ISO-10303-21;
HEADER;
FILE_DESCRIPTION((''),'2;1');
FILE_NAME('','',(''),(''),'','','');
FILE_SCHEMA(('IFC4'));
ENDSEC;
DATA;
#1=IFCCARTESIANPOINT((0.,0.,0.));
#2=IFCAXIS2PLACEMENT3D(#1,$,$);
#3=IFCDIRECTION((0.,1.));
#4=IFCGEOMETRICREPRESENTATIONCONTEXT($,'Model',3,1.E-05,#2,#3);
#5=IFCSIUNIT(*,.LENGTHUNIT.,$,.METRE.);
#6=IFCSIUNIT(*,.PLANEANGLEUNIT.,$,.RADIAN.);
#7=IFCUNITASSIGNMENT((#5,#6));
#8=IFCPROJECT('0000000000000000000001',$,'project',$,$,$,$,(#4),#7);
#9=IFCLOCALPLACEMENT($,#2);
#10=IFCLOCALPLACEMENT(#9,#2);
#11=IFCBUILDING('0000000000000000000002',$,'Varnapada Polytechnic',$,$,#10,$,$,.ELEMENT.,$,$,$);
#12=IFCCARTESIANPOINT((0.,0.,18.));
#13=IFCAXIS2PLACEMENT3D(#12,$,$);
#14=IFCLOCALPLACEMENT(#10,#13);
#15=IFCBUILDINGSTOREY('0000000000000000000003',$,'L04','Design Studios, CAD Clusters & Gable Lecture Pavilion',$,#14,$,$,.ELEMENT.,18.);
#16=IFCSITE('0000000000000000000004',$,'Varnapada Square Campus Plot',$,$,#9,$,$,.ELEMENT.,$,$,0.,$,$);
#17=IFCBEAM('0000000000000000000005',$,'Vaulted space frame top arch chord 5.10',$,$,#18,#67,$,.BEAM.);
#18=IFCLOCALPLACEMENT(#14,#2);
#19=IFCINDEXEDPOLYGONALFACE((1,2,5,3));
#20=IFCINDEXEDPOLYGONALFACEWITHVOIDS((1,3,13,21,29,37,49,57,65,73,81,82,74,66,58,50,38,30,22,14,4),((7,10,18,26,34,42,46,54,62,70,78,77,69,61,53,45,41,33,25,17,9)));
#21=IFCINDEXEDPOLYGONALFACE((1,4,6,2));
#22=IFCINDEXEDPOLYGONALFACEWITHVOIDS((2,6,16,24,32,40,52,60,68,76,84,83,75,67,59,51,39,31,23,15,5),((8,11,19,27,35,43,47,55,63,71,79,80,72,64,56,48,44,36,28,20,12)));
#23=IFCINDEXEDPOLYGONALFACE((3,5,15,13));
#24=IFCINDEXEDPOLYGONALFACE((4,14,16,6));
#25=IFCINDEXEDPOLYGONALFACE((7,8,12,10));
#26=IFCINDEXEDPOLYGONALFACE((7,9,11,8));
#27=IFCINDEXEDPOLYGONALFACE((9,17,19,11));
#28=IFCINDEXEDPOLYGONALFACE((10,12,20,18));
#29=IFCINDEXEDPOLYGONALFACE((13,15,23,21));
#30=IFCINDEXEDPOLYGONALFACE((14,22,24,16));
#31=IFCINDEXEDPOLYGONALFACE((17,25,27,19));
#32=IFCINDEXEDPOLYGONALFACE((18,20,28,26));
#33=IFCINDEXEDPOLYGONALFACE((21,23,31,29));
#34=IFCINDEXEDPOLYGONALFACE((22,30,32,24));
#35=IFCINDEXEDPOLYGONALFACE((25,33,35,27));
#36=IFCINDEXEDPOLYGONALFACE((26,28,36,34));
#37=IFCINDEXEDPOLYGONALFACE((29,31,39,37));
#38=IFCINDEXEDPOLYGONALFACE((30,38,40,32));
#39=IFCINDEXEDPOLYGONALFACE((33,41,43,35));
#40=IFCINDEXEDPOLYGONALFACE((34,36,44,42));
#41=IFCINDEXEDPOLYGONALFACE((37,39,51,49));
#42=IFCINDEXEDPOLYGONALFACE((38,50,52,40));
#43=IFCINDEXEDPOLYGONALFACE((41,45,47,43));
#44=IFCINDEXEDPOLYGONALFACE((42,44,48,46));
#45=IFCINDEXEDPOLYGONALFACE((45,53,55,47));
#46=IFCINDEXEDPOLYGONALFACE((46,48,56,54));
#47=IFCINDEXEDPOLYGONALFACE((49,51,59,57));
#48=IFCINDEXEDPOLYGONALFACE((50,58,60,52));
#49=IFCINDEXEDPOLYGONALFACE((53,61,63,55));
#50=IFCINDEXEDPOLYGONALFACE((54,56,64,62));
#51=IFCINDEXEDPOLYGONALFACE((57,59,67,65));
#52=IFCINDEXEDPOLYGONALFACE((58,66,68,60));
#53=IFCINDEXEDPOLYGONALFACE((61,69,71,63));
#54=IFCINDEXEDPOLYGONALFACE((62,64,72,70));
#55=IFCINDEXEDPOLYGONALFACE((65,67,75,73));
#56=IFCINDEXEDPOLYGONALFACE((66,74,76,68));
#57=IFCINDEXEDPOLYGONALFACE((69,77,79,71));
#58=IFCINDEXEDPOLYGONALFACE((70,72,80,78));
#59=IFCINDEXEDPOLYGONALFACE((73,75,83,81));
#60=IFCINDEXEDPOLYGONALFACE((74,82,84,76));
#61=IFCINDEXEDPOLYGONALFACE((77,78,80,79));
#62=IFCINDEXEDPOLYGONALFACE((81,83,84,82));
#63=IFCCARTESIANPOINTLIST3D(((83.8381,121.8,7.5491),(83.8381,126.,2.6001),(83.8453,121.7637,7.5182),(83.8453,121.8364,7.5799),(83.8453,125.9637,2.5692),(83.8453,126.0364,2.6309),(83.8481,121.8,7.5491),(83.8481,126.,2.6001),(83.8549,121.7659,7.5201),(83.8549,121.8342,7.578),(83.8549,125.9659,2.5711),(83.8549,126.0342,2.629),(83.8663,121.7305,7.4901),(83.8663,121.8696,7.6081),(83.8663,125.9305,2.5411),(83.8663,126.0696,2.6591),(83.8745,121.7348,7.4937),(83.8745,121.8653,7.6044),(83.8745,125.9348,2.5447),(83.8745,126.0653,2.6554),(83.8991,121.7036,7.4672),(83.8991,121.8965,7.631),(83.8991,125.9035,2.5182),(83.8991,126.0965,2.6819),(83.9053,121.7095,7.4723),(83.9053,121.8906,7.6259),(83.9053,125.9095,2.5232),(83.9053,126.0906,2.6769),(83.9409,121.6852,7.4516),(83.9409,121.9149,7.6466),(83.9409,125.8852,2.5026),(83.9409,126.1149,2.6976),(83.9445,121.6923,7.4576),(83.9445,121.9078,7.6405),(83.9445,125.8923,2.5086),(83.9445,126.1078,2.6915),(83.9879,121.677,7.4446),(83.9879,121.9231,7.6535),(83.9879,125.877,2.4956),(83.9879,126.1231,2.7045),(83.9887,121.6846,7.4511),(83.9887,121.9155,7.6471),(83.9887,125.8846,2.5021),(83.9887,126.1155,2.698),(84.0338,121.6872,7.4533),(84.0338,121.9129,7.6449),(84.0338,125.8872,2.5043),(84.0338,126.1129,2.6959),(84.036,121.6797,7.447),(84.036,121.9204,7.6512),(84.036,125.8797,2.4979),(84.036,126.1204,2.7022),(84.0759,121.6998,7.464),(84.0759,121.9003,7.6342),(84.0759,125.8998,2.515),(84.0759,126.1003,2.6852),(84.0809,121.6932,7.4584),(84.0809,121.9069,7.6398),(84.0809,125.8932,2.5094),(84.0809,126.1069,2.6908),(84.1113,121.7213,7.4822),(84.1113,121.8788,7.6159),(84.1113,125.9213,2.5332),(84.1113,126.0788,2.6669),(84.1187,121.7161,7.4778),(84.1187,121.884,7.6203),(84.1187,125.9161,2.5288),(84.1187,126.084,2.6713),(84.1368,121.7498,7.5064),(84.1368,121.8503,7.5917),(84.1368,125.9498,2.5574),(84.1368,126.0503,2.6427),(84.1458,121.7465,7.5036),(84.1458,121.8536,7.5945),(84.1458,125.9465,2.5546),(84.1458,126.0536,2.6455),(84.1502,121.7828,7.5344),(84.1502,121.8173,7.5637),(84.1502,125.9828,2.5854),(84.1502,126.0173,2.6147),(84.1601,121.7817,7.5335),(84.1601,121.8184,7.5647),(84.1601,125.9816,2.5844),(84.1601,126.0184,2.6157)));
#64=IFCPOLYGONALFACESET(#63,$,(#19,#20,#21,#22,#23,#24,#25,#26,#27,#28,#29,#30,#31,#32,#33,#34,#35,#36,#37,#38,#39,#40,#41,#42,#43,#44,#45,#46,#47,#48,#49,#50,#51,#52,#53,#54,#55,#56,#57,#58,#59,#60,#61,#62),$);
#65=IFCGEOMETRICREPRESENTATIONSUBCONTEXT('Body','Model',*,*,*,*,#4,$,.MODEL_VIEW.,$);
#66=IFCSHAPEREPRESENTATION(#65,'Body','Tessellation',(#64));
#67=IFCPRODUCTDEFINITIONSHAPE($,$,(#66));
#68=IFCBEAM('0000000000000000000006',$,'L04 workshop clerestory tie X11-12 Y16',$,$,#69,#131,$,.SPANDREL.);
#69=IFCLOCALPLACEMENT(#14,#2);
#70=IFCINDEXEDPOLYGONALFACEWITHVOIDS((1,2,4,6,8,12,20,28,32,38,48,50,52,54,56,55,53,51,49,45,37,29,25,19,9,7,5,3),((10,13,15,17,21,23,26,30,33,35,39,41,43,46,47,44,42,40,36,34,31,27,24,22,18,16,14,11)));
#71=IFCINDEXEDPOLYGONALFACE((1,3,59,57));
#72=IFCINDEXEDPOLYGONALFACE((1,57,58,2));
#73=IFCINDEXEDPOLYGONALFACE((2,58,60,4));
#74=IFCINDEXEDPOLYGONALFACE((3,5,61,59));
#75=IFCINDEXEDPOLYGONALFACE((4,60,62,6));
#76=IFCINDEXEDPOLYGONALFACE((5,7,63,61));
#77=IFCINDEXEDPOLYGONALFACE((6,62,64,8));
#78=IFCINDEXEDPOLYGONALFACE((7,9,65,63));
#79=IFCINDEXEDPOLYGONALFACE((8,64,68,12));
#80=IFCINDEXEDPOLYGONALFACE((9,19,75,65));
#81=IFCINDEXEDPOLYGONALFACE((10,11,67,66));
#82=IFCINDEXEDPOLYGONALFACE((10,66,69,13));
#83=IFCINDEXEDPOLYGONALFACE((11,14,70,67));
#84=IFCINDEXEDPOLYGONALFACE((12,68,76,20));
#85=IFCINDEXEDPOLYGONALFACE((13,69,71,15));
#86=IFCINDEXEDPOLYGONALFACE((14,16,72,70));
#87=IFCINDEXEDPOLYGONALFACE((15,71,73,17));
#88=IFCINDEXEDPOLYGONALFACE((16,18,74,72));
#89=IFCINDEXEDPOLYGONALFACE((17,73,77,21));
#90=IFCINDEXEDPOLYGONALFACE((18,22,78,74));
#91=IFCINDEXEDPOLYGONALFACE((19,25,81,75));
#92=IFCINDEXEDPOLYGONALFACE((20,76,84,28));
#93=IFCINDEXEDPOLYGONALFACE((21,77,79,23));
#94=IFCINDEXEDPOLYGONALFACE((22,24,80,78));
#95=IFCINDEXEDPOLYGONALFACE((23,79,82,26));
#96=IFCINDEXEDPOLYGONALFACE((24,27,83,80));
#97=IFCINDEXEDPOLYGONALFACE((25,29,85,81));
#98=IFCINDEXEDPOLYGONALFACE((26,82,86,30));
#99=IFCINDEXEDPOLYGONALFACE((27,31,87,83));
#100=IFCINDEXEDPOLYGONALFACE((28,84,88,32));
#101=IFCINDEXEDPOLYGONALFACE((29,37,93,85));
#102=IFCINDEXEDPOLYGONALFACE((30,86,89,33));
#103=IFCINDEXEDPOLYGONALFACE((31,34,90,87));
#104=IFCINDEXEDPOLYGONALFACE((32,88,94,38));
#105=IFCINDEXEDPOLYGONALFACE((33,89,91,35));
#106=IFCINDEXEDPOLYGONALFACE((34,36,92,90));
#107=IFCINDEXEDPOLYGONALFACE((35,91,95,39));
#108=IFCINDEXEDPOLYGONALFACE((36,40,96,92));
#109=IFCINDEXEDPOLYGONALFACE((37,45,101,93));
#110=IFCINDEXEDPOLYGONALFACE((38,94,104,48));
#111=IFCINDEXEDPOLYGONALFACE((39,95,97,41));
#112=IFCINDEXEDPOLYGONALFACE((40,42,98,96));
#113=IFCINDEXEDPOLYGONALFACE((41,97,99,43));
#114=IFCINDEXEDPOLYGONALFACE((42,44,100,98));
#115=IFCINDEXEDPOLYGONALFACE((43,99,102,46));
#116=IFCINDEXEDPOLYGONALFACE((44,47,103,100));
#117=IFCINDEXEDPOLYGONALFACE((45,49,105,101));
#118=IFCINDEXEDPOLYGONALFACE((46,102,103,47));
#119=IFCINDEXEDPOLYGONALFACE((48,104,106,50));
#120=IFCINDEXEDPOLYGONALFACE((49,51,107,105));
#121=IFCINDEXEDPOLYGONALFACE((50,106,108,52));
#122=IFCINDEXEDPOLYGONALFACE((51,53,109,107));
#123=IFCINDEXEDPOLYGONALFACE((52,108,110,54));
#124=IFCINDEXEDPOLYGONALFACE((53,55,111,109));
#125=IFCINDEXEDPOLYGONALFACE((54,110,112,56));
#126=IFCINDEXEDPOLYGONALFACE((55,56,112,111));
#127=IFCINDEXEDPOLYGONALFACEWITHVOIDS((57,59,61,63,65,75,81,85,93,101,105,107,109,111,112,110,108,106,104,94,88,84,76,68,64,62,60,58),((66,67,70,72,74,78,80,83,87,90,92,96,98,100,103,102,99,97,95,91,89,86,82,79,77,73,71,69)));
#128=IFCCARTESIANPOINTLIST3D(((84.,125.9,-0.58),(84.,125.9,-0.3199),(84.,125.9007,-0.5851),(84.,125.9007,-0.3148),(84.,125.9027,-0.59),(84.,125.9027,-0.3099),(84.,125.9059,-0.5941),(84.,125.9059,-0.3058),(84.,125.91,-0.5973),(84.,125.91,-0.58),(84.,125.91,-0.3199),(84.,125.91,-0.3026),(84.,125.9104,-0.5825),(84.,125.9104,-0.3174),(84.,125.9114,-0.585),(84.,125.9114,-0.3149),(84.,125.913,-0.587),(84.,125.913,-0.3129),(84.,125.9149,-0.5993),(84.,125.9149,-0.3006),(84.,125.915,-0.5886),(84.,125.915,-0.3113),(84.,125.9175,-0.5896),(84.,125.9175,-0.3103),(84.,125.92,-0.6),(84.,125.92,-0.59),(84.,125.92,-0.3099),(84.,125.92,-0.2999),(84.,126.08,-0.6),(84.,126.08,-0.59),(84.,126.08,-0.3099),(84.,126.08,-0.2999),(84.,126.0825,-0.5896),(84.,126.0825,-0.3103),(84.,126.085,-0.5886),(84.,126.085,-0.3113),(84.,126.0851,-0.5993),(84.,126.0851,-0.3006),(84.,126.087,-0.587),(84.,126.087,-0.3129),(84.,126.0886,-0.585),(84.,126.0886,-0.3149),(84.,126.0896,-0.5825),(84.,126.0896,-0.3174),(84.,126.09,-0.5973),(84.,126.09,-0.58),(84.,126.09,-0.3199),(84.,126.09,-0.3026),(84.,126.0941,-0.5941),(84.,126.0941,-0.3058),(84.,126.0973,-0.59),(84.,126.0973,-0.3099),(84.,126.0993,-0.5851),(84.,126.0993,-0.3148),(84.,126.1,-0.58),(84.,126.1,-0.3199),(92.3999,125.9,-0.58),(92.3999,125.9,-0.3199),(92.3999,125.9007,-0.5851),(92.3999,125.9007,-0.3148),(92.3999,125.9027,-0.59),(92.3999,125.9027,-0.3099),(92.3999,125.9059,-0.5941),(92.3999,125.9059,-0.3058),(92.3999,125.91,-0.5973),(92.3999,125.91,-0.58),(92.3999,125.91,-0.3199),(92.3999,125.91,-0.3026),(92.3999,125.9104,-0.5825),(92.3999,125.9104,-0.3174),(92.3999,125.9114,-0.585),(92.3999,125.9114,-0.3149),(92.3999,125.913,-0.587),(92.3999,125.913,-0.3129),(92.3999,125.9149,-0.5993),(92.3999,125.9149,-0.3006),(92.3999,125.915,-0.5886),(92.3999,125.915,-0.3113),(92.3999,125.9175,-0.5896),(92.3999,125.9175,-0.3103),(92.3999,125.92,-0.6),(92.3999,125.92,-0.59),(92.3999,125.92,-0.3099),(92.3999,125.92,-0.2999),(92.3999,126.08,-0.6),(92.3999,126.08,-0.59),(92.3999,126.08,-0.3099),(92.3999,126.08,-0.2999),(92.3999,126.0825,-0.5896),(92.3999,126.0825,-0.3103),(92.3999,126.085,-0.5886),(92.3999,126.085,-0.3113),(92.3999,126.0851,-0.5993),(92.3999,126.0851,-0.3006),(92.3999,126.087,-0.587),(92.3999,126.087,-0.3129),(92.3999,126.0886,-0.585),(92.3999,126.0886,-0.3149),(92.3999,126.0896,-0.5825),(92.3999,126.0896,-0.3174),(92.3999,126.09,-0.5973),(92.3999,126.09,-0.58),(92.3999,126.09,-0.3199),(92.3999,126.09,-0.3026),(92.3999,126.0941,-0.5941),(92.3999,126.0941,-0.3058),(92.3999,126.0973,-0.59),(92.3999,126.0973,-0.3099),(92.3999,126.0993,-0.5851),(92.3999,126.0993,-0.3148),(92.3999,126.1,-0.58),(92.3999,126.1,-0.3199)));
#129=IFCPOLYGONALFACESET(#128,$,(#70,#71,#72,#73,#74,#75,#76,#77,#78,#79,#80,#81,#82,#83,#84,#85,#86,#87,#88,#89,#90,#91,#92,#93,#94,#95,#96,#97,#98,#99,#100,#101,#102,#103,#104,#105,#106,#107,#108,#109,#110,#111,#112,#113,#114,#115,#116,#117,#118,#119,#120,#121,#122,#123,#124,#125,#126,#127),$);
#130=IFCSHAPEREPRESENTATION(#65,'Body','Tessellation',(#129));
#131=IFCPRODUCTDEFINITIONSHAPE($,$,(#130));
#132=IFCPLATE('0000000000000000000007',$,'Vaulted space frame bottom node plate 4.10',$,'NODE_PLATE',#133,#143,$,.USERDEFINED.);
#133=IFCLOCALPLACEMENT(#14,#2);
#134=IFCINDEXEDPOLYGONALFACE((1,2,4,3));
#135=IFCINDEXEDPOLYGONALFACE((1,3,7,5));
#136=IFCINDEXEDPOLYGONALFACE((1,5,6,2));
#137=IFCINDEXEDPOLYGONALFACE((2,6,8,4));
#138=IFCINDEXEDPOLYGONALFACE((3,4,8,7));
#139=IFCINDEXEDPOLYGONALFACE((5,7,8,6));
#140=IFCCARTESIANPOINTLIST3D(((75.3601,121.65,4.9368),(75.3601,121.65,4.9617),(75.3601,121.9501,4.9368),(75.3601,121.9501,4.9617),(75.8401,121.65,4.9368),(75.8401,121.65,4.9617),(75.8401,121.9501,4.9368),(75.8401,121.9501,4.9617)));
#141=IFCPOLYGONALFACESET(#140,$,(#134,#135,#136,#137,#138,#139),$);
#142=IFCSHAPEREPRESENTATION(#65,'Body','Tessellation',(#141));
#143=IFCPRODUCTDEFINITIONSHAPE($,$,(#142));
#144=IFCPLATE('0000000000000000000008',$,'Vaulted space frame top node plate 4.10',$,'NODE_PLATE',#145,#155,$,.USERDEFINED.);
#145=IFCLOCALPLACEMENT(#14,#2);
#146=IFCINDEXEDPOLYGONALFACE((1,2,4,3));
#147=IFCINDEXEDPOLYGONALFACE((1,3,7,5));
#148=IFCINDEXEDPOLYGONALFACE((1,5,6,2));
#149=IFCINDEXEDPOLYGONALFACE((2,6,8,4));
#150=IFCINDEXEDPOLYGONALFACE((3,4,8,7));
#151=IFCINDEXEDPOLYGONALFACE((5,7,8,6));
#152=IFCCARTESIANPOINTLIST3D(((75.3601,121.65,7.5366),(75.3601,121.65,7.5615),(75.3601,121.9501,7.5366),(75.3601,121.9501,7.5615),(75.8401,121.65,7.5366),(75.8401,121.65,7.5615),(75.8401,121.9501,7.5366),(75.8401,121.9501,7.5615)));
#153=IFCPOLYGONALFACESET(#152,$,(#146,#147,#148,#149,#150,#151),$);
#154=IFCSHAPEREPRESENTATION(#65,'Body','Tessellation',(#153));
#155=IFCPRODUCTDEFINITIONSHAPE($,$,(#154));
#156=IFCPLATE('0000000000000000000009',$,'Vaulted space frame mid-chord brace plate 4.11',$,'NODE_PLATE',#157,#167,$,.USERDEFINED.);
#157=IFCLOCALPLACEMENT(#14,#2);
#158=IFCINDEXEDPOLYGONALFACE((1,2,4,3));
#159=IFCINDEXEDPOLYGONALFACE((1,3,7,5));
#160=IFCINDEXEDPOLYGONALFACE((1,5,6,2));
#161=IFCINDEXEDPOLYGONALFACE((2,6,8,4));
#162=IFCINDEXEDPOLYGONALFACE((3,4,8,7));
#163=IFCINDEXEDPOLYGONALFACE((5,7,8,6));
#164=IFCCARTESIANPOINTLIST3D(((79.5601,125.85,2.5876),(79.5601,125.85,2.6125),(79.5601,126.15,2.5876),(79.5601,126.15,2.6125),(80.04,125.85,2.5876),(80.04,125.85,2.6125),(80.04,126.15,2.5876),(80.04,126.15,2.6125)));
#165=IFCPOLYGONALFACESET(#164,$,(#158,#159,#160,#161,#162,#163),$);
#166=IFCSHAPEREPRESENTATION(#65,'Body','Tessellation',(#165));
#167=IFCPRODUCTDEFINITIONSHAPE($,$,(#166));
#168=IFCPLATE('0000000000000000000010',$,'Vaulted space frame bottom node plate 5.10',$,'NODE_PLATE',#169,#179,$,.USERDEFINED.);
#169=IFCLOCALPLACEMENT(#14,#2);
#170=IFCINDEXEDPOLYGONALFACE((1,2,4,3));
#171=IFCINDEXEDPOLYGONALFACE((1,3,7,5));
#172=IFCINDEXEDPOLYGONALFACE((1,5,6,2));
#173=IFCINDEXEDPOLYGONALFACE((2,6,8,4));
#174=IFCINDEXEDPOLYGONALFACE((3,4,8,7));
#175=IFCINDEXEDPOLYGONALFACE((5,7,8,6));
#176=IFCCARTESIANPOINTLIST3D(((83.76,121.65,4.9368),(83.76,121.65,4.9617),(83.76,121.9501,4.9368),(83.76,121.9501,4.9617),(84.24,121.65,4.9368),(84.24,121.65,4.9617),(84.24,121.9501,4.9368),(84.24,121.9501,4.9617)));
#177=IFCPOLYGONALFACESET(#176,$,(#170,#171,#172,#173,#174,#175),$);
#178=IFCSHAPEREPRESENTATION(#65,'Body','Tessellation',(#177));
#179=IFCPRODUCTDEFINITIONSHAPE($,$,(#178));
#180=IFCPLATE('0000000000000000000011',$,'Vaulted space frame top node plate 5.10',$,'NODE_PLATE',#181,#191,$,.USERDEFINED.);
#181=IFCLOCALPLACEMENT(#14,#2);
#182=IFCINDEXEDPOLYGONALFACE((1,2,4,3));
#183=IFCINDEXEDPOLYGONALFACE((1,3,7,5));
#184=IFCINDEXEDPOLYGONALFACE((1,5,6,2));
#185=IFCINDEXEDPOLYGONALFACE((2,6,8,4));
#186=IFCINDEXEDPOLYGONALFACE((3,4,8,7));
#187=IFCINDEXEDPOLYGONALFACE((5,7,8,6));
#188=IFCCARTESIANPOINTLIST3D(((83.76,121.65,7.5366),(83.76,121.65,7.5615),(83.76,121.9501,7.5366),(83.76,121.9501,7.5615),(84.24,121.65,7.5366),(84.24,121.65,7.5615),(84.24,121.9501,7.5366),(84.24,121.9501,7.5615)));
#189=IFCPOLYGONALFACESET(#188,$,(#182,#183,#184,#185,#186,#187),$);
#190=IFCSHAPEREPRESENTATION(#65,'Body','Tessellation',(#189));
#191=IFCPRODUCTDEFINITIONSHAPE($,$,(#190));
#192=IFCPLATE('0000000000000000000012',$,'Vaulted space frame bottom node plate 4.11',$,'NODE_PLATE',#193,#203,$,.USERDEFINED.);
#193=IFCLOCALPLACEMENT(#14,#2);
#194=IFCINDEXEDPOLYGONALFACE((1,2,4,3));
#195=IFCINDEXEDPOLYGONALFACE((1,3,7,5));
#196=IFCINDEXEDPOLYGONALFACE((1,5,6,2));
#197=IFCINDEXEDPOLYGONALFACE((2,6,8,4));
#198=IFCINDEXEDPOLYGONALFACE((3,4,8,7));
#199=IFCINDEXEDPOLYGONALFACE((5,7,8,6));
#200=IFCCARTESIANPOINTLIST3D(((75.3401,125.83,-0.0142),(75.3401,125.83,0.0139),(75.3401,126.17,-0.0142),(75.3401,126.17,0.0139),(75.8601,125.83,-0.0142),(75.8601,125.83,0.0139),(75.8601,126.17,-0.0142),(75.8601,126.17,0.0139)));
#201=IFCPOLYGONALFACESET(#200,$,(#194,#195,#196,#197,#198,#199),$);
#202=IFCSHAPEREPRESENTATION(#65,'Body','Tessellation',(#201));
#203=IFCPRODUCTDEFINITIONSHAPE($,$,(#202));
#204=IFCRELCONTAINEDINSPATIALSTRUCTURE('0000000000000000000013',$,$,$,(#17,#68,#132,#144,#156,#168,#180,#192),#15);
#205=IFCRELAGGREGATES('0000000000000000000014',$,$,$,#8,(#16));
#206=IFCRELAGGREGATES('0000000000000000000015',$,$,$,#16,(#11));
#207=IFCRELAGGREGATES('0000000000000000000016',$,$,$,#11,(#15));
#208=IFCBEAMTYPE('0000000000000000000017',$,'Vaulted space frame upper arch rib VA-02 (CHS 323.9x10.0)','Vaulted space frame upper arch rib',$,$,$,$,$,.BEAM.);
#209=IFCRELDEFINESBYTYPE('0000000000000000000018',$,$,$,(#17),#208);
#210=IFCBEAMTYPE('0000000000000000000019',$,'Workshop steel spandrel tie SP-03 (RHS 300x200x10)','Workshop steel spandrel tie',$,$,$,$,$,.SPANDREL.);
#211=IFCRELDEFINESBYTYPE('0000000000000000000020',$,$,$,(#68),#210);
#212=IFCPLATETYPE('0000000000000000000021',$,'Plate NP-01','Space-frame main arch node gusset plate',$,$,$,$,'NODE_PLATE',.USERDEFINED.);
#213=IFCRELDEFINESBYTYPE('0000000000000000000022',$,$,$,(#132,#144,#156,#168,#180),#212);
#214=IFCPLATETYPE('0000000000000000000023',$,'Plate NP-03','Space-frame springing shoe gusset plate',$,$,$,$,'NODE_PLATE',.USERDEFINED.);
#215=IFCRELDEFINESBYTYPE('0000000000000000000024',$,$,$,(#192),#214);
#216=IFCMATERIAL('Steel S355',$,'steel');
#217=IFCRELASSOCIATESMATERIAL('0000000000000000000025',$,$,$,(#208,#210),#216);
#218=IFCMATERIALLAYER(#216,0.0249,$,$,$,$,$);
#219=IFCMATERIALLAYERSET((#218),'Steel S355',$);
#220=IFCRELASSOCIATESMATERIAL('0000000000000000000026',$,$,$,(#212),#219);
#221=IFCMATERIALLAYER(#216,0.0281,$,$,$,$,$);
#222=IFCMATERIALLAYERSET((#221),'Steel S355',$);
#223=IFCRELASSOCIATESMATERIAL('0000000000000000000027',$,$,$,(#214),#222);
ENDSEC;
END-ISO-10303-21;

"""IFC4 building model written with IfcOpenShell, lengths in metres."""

from ifc_helpers import new_model, si_unit, direction, frame, origin, origin_2d, place, context, subcontext, project, spatial, rectangle, hollow_rectangle, hollow_circle, extrude, material, layer, layer_set, material_profile, profile_set, type_object, element, save


model = new_model("IFC4")

# Units and contexts
model_context = context("Model", 3, precision=1e-05, world=origin(), true_north=direction((0.0, 1.0)))
body_context = subcontext(model_context, "Body", "Model", "MODEL_VIEW")
ifc_project = project(units=[si_unit("LENGTHUNIT", "METRE"), si_unit("PLANEANGLEUNIT", "RADIAN")], contexts=[model_context])

# Site, building, storey
site_placement = place(None, origin())
site = spatial("IfcSite", under=ifc_project, at=site_placement, Name="Varnapada Square Campus Plot", CompositionType="ELEMENT", RefElevation=0.0)
building_placement = place(site_placement, origin())
building = spatial("IfcBuilding", under=site, at=building_placement, Name="Varnapada Polytechnic", CompositionType="ELEMENT")
storey_placement = place(building_placement, frame((0.0, 0.0, 18.0)))
storey = spatial("IfcBuildingStorey", under=building, at=storey_placement, Name="L04", Description="Design Studios, CAD Clusters & Gable Lecture Pavilion", CompositionType="ELEMENT", Elevation=18.0)

# Shared definitions
ifc_material = material(Name="Steel S355", Category="steel")

# Beams
ifc_material_profile_1 = material_profile(ifc_material, hollow_circle(Radius=0.1619, WallThickness=0.01, at=origin_2d()), Name="CHS 323.9x10.0")
ifc_profile_set_1 = profile_set([ifc_material_profile_1], Name="Steel S355")
beam_type_1 = type_object("IfcBeamType", Name="Vaulted space frame upper arch rib VA-02 (CHS 323.9x10.0)", Description="Vaulted space frame upper arch rib", PredefinedType="BEAM", material=ifc_profile_set_1)
beam_1_placement = place(storey_placement, frame((84.0, 121.8, 7.5491), z_axis=(0.0, 0.647051, -0.762447), x_axis=(-1.0, 0.0, 0.0)))
element("IfcBeam", 1, at=beam_1_placement, inside=storey, type_object=beam_type_1, Name="Vaulted space frame top arch chord 5.10", PredefinedType="BEAM", context=body_context, shape_type="SweptSolid", body=[
    extrude(hollow_circle(Radius=0.1619, WallThickness=0.01, at=origin_2d()), origin(), (0.0, 0.0, 1.0), 6.491),
])
ifc_material_profile_2 = material_profile(ifc_material, hollow_rectangle(XDim=0.2, YDim=0.3, WallThickness=0.01, InnerFilletRadius=0.01, OuterFilletRadius=0.02, at=origin_2d()), Name="RHS 300x200x10")
ifc_profile_set_2 = profile_set([ifc_material_profile_2], Name="Steel S355")
beam_type_2 = type_object("IfcBeamType", Name="Workshop steel spandrel tie SP-03 (RHS 300x200x10)", Description="Workshop steel spandrel tie", PredefinedType="SPANDREL", material=ifc_profile_set_2)
beam_2_placement = place(storey_placement, frame((84.0, 126.0, -0.45), z_axis=(1.0, 0.0, 0.0), x_axis=(0.0, 1.0, 0.0)))
element("IfcBeam", 2, at=beam_2_placement, inside=storey, type_object=beam_type_2, Name="L04 workshop clerestory tie X11-12 Y16", PredefinedType="SPANDREL", context=body_context, shape_type="SweptSolid", body=[
    extrude(hollow_rectangle(XDim=0.2, YDim=0.3, WallThickness=0.01, InnerFilletRadius=0.01, OuterFilletRadius=0.02, at=origin_2d()), origin(), (0.0, 0.0, 1.0), 8.3999),
])

# Plates
ifc_layer_1 = layer(ifc_material, 0.0249)
ifc_layer_set_1 = layer_set([ifc_layer_1], Name="Steel S355")
plate_type_1 = type_object("IfcPlateType", Name="Plate NP-01", Description="Space-frame main arch node gusset plate", ElementType="NODE_PLATE", PredefinedType="USERDEFINED", material=ifc_layer_set_1)
for number, where, z_axis, x_axis, name in (
    (3, (75.6001, 121.8, 4.9368), (0.0, 0.0, 1.0), (1.0, 0.0, 0.0), "Vaulted space frame bottom node plate 4.10"),
    (4, (75.6001, 121.8, 7.5366), (0.0, 0.0, 1.0), (1.0, 0.0, 0.0), "Vaulted space frame top node plate 4.10"),
    (5, (79.8, 126.0, 2.5876), (0.0, 0.0, 1.0), (1.0, 0.0, 0.0), "Vaulted space frame mid-chord brace plate 4.11"),
    (6, (84.0, 121.8, 4.9368), (0.0, 0.0, 1.0), (1.0, 0.0, 0.0), "Vaulted space frame bottom node plate 5.10"),
    (7, (84.0, 121.8, 7.5366), (0.0, 0.0, 1.0), (1.0, 0.0, 0.0), "Vaulted space frame top node plate 5.10"),
):
    element("IfcPlate", number, at=place(storey_placement, frame(where, z_axis=z_axis, x_axis=x_axis)), inside=storey, type_object=plate_type_1, Name=name, ObjectType="NODE_PLATE", PredefinedType="USERDEFINED", context=body_context, shape_type="SweptSolid", body=[
        extrude(rectangle(XDim=0.48, YDim=0.3, at=origin_2d()), origin(), (0.0, 0.0, 1.0), 0.0249),
    ])
ifc_layer_2 = layer(ifc_material, 0.0281)
ifc_layer_set_2 = layer_set([ifc_layer_2], Name="Steel S355")
plate_type_2 = type_object("IfcPlateType", Name="Plate NP-03", Description="Space-frame springing shoe gusset plate", ElementType="NODE_PLATE", PredefinedType="USERDEFINED", material=ifc_layer_set_2)
for number, where, z_axis, x_axis, name in (
    (8, (75.6001, 126.0, -0.0142), (0.0, 0.0, 1.0), (1.0, 0.0, 0.0), "Vaulted space frame bottom node plate 4.11"),
):
    element("IfcPlate", number, at=place(storey_placement, frame(where, z_axis=z_axis, x_axis=x_axis)), inside=storey, type_object=plate_type_2, Name=name, ObjectType="NODE_PLATE", PredefinedType="USERDEFINED", context=body_context, shape_type="SweptSolid", body=[
        extrude(rectangle(XDim=0.52, YDim=0.3401, at=origin_2d()), origin(), (0.0, 0.0, 1.0), 0.0281),
    ])

save(model, "model.ifc")
